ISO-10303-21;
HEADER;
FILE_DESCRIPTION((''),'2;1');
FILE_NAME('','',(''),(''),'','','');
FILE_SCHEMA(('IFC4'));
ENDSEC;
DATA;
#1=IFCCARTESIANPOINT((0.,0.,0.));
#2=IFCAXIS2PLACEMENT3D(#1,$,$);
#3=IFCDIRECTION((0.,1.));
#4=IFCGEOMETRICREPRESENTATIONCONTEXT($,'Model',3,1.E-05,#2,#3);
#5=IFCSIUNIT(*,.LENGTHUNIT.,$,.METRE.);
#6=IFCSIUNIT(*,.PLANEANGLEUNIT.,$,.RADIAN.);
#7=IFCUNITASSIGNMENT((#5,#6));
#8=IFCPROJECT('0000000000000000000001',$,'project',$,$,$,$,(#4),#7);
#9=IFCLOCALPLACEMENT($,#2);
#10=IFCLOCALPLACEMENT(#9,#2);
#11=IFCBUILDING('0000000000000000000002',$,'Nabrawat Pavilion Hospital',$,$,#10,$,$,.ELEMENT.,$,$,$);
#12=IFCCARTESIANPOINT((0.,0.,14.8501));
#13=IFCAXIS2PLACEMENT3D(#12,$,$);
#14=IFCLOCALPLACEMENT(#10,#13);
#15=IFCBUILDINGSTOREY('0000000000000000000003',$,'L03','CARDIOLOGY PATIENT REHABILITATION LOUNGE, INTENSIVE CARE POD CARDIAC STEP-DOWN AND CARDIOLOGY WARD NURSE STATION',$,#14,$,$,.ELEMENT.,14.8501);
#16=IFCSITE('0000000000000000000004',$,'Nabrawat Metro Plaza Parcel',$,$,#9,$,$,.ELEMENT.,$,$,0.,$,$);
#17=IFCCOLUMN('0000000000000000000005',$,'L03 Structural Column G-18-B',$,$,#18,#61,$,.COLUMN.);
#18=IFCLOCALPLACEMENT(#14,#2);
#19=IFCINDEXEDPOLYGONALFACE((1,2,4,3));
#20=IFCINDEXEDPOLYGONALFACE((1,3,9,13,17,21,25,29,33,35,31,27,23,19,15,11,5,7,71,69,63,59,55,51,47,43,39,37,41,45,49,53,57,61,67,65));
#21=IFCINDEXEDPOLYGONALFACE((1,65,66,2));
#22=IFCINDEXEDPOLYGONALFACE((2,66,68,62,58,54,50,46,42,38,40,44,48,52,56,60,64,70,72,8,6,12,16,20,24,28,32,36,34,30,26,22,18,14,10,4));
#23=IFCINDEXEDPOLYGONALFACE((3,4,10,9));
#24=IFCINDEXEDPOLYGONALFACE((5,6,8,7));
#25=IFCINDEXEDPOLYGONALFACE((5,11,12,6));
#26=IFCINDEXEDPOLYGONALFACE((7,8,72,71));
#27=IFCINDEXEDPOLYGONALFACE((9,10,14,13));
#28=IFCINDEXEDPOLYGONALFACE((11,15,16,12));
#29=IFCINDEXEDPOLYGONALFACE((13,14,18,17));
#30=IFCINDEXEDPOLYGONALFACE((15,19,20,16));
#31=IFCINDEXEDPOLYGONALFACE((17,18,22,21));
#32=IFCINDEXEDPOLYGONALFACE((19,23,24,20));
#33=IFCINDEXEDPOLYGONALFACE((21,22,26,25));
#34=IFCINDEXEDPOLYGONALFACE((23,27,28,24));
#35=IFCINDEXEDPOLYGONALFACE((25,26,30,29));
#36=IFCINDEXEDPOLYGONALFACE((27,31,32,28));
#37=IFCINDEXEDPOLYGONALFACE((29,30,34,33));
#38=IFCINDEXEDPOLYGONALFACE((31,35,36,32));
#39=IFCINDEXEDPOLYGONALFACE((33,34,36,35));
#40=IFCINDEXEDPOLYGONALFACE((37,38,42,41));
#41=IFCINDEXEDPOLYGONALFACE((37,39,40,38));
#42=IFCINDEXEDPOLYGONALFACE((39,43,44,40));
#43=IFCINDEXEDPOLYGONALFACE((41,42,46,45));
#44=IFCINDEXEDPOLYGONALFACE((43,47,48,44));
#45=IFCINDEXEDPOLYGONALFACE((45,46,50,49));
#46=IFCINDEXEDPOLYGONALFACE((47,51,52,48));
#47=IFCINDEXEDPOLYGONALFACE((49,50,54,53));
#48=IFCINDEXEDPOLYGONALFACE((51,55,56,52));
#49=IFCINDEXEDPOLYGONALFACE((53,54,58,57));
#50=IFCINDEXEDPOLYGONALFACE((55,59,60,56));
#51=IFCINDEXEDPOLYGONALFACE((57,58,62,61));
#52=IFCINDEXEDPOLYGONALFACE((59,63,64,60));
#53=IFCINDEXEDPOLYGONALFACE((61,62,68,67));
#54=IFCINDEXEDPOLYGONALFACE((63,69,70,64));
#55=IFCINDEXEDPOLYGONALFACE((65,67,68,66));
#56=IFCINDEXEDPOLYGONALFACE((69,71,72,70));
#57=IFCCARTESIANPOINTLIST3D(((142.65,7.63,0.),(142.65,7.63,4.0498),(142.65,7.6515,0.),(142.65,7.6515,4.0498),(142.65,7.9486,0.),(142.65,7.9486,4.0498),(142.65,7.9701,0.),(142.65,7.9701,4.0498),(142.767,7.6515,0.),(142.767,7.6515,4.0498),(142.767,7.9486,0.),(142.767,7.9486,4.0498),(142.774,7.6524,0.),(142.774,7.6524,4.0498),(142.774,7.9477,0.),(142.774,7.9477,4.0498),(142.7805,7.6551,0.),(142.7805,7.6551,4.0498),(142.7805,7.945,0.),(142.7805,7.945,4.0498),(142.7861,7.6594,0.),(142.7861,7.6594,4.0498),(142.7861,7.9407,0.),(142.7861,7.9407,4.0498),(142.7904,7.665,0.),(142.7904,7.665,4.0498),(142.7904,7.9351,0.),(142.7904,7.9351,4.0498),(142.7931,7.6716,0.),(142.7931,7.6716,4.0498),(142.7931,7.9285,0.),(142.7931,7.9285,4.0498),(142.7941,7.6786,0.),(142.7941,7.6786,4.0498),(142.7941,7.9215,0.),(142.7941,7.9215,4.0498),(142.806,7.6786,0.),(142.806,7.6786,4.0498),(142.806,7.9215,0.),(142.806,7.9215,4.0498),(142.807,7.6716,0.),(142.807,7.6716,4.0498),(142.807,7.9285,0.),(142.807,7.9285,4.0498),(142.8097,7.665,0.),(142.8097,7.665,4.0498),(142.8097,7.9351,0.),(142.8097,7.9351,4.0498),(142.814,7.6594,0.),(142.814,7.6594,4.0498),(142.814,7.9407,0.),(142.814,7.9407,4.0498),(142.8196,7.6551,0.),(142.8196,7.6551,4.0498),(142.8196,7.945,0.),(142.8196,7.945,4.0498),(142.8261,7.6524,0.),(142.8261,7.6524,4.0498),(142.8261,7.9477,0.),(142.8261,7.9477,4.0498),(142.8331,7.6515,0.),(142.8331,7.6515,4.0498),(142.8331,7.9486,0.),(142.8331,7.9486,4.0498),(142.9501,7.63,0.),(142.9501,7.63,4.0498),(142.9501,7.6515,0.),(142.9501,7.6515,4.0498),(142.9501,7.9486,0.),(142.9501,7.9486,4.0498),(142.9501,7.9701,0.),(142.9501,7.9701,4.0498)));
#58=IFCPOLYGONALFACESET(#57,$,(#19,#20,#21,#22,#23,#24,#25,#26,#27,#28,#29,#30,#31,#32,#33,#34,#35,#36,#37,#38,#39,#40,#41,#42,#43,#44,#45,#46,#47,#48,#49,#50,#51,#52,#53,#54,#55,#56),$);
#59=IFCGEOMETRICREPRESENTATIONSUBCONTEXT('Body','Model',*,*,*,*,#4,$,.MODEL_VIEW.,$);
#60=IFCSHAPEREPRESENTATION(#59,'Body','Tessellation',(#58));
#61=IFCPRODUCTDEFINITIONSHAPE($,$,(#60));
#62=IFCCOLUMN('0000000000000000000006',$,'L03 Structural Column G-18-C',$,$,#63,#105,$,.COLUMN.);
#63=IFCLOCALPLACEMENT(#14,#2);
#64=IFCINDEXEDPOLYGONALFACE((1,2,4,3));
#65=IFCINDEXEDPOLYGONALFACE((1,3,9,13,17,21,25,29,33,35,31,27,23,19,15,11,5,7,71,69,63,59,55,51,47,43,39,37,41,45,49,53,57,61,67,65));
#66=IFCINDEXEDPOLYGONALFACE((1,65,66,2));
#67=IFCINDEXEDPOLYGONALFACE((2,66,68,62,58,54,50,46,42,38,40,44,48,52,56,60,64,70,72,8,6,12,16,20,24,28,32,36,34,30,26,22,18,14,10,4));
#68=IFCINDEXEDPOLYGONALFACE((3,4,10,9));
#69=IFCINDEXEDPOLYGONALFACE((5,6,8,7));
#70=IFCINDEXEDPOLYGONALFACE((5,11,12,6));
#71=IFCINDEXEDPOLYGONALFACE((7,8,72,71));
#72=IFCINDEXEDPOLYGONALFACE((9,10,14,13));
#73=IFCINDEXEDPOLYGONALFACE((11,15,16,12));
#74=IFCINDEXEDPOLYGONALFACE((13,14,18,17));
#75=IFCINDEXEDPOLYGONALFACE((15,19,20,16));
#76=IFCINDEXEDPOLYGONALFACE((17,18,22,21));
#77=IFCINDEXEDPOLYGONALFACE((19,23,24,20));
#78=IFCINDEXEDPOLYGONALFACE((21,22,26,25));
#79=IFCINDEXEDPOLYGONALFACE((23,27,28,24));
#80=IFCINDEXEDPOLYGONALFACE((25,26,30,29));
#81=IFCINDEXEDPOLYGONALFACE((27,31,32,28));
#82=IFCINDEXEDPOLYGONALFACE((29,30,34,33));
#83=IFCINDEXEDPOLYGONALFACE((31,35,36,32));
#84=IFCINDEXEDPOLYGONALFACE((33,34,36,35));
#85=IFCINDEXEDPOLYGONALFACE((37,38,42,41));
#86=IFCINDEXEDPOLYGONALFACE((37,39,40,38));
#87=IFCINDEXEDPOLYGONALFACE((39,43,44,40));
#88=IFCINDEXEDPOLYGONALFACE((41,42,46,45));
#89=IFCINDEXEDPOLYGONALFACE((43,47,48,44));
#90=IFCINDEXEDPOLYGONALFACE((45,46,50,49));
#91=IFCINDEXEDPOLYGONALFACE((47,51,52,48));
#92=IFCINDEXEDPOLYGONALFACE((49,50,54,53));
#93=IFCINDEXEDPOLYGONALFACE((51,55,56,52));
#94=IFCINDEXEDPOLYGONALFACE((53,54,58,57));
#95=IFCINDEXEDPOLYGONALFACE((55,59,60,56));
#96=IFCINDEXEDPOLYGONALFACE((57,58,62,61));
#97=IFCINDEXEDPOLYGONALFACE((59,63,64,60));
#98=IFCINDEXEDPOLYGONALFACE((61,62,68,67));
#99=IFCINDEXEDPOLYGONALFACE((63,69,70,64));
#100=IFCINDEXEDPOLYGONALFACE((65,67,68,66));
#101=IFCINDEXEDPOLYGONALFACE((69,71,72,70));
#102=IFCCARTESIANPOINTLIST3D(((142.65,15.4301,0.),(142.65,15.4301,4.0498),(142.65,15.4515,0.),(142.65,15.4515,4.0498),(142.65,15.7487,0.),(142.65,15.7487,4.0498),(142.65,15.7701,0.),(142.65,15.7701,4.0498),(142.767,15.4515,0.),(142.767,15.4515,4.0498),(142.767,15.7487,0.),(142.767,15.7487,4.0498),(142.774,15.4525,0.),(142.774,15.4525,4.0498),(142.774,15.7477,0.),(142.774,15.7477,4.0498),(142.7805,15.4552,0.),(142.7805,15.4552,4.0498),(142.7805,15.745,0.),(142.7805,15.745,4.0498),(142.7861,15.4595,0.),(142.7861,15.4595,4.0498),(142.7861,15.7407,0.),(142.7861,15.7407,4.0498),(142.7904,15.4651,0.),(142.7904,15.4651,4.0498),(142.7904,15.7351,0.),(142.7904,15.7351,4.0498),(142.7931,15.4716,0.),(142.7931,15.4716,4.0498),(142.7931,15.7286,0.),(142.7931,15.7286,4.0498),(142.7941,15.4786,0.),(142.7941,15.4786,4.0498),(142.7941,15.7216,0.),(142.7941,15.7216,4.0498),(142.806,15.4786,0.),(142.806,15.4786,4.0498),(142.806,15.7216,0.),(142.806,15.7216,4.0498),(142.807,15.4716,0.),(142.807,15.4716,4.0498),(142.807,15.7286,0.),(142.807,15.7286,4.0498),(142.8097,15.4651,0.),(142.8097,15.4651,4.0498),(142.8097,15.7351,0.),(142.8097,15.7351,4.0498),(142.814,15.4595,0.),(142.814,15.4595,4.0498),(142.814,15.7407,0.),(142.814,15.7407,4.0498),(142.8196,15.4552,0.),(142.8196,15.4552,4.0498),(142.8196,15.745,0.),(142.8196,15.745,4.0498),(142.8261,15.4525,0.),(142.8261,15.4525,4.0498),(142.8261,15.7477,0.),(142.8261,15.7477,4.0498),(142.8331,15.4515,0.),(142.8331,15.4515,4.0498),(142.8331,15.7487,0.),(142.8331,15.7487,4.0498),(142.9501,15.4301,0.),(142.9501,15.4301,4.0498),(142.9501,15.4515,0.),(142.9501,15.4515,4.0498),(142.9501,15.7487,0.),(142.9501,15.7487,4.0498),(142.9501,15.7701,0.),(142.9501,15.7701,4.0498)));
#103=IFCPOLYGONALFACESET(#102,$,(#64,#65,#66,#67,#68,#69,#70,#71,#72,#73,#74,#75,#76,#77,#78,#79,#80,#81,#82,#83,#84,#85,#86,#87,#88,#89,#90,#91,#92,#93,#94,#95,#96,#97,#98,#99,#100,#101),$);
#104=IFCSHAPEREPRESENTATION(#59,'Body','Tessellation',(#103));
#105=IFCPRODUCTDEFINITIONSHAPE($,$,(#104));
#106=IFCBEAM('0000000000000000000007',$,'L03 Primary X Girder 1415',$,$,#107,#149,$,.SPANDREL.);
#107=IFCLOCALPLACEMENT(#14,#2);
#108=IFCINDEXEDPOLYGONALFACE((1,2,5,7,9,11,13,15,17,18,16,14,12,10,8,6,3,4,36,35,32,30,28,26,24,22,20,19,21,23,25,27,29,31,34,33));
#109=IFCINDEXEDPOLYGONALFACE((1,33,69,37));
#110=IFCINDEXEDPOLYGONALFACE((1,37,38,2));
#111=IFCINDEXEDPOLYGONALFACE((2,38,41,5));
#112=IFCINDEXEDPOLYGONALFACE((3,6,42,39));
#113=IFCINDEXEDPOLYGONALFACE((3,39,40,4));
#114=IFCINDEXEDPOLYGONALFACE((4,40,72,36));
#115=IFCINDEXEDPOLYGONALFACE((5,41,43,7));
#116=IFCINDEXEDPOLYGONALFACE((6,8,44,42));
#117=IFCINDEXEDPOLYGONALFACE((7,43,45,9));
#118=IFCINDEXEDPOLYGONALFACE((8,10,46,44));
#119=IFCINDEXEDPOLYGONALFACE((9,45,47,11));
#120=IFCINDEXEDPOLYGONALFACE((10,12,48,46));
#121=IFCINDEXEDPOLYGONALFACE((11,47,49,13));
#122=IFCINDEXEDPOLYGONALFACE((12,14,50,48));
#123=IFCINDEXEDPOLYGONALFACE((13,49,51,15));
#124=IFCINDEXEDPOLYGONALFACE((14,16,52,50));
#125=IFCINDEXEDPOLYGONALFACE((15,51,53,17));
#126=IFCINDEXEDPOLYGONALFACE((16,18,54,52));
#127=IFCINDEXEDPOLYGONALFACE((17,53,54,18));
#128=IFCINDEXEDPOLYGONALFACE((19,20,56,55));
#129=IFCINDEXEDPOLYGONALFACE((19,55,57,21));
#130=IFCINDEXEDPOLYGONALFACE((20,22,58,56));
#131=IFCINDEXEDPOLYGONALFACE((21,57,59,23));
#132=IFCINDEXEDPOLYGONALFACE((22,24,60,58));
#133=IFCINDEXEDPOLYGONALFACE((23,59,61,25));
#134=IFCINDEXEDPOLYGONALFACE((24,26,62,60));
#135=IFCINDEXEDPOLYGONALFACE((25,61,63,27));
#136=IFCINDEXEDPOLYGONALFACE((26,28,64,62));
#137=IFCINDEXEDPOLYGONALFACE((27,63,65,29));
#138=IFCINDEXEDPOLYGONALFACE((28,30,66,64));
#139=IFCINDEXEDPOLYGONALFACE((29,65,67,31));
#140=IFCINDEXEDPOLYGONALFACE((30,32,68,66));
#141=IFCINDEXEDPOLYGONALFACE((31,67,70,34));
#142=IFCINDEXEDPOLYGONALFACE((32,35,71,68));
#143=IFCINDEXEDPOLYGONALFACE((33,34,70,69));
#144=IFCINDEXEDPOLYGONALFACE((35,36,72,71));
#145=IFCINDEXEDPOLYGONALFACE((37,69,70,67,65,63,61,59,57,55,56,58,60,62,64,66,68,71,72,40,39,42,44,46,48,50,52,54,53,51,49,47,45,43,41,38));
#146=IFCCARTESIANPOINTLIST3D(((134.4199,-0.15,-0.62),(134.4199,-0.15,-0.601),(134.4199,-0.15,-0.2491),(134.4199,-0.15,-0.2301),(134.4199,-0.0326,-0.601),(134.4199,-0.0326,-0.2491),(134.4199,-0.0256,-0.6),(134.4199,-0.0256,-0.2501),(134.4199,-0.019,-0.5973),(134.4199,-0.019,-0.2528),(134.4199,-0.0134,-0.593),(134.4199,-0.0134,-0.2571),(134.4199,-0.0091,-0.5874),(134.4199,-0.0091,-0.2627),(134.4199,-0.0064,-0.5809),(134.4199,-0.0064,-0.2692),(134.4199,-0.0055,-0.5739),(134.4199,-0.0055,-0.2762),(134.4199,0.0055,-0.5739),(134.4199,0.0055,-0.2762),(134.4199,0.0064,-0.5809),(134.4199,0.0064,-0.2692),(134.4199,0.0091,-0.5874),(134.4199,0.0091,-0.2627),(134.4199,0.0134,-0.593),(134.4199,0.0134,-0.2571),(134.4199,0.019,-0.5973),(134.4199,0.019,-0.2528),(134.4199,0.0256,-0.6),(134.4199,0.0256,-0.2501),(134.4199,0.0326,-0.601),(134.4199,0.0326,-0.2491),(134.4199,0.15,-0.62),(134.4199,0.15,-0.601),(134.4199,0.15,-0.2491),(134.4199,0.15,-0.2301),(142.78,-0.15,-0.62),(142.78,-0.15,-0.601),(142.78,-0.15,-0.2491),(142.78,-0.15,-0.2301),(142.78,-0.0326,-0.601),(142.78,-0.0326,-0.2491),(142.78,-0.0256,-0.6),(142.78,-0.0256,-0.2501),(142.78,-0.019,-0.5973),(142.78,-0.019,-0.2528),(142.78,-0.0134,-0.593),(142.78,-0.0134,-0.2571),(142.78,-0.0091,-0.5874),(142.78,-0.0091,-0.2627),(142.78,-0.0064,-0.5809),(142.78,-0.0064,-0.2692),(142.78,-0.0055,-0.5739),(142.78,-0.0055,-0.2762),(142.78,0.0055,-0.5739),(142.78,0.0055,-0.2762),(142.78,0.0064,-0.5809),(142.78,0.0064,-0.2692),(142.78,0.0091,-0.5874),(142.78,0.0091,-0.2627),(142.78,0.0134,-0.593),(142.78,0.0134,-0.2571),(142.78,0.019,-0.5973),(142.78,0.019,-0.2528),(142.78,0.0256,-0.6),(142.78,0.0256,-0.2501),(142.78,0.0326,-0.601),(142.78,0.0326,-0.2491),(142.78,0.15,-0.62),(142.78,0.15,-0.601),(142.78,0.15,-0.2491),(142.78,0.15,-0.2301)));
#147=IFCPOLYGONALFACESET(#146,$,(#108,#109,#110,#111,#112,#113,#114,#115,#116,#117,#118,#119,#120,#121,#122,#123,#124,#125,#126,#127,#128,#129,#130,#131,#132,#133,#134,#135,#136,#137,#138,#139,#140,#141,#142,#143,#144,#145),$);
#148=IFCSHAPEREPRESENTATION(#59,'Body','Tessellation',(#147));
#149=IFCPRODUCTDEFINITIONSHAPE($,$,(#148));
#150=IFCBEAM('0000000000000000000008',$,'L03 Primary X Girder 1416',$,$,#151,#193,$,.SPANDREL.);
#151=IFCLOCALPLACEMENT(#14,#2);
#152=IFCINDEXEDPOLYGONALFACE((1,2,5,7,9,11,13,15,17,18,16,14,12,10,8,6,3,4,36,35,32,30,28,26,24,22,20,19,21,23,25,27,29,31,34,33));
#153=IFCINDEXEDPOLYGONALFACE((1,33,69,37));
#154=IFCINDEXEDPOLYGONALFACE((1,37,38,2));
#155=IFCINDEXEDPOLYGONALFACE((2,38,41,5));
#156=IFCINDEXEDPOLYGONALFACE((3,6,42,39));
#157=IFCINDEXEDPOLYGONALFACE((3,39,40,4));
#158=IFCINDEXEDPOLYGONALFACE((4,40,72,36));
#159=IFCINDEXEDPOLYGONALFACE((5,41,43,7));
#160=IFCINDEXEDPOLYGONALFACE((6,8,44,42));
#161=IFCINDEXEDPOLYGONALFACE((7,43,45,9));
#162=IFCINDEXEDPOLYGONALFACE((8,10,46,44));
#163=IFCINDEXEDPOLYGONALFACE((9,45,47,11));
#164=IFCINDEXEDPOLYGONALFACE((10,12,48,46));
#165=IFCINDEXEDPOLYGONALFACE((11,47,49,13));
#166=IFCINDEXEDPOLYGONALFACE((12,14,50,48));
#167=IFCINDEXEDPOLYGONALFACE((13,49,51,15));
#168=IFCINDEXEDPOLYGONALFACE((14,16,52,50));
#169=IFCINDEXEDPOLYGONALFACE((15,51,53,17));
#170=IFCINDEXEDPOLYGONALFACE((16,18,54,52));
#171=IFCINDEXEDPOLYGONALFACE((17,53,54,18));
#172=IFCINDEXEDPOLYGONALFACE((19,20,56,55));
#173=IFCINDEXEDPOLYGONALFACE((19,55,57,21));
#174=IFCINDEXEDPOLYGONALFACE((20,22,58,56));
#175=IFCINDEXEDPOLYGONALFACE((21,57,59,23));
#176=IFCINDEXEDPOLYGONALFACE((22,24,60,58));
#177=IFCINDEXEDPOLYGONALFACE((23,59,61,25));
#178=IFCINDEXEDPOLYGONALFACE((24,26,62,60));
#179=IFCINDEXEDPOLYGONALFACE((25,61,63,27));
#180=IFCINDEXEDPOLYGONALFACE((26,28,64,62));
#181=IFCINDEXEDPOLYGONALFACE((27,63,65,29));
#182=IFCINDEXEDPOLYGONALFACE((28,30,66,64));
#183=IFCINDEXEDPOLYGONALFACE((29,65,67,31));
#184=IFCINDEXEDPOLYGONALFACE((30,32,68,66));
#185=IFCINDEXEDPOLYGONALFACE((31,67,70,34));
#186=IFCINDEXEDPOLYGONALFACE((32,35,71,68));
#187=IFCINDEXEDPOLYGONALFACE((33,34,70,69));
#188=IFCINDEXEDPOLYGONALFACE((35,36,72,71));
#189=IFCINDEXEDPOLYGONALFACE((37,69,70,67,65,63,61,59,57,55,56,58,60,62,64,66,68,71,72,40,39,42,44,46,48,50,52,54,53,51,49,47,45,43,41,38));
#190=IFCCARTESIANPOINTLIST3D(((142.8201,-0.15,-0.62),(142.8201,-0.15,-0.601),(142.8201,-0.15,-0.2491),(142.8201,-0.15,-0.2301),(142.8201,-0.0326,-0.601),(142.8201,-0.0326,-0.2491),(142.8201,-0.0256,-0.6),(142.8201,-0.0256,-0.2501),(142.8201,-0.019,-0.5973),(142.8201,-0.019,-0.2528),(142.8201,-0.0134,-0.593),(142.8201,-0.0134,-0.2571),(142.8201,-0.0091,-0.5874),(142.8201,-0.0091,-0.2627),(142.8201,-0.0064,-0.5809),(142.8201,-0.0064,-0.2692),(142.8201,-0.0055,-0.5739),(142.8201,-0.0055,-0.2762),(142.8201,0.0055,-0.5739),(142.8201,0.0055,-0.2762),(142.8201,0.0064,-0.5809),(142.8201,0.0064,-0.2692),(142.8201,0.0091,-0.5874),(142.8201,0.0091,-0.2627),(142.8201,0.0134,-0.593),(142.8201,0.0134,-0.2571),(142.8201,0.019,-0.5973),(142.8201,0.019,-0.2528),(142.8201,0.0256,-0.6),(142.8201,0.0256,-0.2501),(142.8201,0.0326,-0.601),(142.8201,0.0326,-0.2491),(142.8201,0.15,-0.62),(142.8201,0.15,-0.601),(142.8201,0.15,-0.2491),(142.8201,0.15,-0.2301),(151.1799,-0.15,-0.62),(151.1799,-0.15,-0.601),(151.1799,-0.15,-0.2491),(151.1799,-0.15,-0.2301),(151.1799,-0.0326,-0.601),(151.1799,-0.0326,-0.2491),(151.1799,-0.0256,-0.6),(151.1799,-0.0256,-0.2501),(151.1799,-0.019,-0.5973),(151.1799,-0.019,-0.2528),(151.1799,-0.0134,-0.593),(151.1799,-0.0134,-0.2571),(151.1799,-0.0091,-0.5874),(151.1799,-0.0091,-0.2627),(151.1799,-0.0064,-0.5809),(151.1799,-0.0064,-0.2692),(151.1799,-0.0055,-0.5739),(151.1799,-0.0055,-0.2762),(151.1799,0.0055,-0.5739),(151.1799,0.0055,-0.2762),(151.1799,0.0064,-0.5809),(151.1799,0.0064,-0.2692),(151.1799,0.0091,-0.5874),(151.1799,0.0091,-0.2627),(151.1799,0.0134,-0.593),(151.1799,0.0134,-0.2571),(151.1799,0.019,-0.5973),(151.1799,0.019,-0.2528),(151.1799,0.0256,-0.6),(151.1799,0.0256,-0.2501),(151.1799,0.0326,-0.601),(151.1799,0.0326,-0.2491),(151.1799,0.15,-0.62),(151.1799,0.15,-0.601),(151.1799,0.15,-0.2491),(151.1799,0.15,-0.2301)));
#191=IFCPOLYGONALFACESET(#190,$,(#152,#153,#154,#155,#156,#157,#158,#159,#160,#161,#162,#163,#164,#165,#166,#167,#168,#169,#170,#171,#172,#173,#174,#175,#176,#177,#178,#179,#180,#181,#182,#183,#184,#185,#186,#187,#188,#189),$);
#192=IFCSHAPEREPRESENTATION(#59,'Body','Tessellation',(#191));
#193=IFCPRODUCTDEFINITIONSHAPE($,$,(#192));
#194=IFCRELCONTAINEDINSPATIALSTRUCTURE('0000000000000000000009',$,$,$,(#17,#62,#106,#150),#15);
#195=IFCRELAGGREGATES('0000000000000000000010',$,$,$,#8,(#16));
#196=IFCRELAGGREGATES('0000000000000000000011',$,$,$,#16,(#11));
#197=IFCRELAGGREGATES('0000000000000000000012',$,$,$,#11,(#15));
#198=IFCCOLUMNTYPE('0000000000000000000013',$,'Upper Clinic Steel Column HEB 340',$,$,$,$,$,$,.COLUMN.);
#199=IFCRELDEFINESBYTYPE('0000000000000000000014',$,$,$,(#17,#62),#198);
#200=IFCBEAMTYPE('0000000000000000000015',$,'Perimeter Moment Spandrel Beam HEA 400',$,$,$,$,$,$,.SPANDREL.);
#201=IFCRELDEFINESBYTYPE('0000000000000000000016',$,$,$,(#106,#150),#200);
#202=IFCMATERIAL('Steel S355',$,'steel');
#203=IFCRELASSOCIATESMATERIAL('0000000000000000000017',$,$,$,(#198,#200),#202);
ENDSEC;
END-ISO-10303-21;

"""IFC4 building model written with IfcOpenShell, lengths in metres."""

from ifc_helpers import new_model, si_unit, direction, frame, origin, origin_2d, place, context, subcontext, project, spatial, i_section, extrude, material, material_profile, profile_set, type_object, element, save


model = new_model("IFC4")

# Units and contexts
model_context = context("Model", 3, precision=1e-05, world=origin(), true_north=direction((0.0, 1.0)))
body_context = subcontext(model_context, "Body", "Model", "MODEL_VIEW")
ifc_project = project(units=[si_unit("LENGTHUNIT", "METRE"), si_unit("PLANEANGLEUNIT", "RADIAN")], contexts=[model_context])

# Site, building, storey
site_placement = place(None, origin())
site = spatial("IfcSite", under=ifc_project, at=site_placement, Name="Nabrawat Metro Plaza Parcel", CompositionType="ELEMENT", RefElevation=0.0)
building_placement = place(site_placement, origin())
building = spatial("IfcBuilding", under=site, at=building_placement, Name="Nabrawat Pavilion Hospital", CompositionType="ELEMENT")
storey_placement = place(building_placement, frame((0.0, 0.0, 14.8501)))
storey = spatial("IfcBuildingStorey", under=building, at=storey_placement, Name="L03", Description="CARDIOLOGY PATIENT REHABILITATION LOUNGE, INTENSIVE CARE POD CARDIAC STEP-DOWN AND CARDIOLOGY WARD NURSE STATION", CompositionType="ELEMENT", Elevation=14.8501)

# Columns
ifc_material_1 = material(Name="Steel S355", Category="steel")
ifc_material_profile_1 = material_profile(ifc_material_1, i_section(OverallWidth=0.3, OverallDepth=0.3401, WebThickness=0.012, FlangeThickness=0.0215, FilletRadius=0.0271, at=origin_2d()), Name="HEB 340")
ifc_profile_set_1 = profile_set([ifc_material_profile_1], Name="Steel S355")
column_type = type_object("IfcColumnType", Name="Upper Clinic Steel Column HEB 340", PredefinedType="COLUMN", material=ifc_profile_set_1)
for number, where, z_axis, x_axis, name in (
    (1, (142.8, 7.8, 0.0), (0.0, 0.0, 1.0), (1.0, 0.0, 0.0), "L03 Structural Column G-18-B"),
    (2, (142.8, 15.6001, 0.0), (0.0, 0.0, 1.0), (1.0, 0.0, 0.0), "L03 Structural Column G-18-C"),
):
    element("IfcColumn", number, at=place(storey_placement, frame(where, z_axis=z_axis, x_axis=x_axis)), inside=storey, type_object=column_type, Name=name, PredefinedType="COLUMN", context=body_context, shape_type="SweptSolid", body=[
        extrude(i_section(OverallWidth=0.3, OverallDepth=0.3401, WebThickness=0.012, FlangeThickness=0.0215, FilletRadius=0.0271, at=origin_2d()), origin(), (0.0, 0.0, 1.0), 4.0498),
    ])

# Beams
ifc_material_profile_2 = material_profile(ifc_material_1, i_section(OverallWidth=0.3, OverallDepth=0.3899, WebThickness=0.011, FlangeThickness=0.019, FilletRadius=0.0271, at=origin_2d()), Name="HEA 400")
ifc_profile_set_2 = profile_set([ifc_material_profile_2], Name="Steel S355")
beam_type_1 = type_object("IfcBeamType", Name="Perimeter Moment Spandrel Beam HEA 400", PredefinedType="SPANDREL", material=ifc_profile_set_2)
beam_1_placement = place(storey_placement, frame((134.4199, 0.0, -0.425), z_axis=(1.0, 0.0, 0.0), x_axis=(0.0, 1.0, 0.0)))
element("IfcBeam", 3, at=beam_1_placement, inside=storey, type_object=beam_type_1, Name="L03 Primary X Girder 1415", PredefinedType="SPANDREL", context=body_context, shape_type="SweptSolid", body=[
    extrude(i_section(OverallWidth=0.3, OverallDepth=0.3899, WebThickness=0.011, FlangeThickness=0.019, FilletRadius=0.0271, at=origin_2d()), origin(), (0.0, 0.0, 1.0), 8.3601),
])
beam_2_placement = place(storey_placement, frame((142.8201, 0.0, -0.425), z_axis=(1.0, 0.0, 0.0), x_axis=(0.0, 1.0, 0.0)))
element("IfcBeam", 4, at=beam_2_placement, inside=storey, type_object=beam_type_1, Name="L03 Primary X Girder 1416", PredefinedType="SPANDREL", context=body_context, shape_type="SweptSolid", body=[
    extrude(i_section(OverallWidth=0.3, OverallDepth=0.3899, WebThickness=0.011, FlangeThickness=0.019, FilletRadius=0.0271, at=origin_2d()), origin(), (0.0, 0.0, 1.0), 8.3599),
])

save(model, "model.ifc")
